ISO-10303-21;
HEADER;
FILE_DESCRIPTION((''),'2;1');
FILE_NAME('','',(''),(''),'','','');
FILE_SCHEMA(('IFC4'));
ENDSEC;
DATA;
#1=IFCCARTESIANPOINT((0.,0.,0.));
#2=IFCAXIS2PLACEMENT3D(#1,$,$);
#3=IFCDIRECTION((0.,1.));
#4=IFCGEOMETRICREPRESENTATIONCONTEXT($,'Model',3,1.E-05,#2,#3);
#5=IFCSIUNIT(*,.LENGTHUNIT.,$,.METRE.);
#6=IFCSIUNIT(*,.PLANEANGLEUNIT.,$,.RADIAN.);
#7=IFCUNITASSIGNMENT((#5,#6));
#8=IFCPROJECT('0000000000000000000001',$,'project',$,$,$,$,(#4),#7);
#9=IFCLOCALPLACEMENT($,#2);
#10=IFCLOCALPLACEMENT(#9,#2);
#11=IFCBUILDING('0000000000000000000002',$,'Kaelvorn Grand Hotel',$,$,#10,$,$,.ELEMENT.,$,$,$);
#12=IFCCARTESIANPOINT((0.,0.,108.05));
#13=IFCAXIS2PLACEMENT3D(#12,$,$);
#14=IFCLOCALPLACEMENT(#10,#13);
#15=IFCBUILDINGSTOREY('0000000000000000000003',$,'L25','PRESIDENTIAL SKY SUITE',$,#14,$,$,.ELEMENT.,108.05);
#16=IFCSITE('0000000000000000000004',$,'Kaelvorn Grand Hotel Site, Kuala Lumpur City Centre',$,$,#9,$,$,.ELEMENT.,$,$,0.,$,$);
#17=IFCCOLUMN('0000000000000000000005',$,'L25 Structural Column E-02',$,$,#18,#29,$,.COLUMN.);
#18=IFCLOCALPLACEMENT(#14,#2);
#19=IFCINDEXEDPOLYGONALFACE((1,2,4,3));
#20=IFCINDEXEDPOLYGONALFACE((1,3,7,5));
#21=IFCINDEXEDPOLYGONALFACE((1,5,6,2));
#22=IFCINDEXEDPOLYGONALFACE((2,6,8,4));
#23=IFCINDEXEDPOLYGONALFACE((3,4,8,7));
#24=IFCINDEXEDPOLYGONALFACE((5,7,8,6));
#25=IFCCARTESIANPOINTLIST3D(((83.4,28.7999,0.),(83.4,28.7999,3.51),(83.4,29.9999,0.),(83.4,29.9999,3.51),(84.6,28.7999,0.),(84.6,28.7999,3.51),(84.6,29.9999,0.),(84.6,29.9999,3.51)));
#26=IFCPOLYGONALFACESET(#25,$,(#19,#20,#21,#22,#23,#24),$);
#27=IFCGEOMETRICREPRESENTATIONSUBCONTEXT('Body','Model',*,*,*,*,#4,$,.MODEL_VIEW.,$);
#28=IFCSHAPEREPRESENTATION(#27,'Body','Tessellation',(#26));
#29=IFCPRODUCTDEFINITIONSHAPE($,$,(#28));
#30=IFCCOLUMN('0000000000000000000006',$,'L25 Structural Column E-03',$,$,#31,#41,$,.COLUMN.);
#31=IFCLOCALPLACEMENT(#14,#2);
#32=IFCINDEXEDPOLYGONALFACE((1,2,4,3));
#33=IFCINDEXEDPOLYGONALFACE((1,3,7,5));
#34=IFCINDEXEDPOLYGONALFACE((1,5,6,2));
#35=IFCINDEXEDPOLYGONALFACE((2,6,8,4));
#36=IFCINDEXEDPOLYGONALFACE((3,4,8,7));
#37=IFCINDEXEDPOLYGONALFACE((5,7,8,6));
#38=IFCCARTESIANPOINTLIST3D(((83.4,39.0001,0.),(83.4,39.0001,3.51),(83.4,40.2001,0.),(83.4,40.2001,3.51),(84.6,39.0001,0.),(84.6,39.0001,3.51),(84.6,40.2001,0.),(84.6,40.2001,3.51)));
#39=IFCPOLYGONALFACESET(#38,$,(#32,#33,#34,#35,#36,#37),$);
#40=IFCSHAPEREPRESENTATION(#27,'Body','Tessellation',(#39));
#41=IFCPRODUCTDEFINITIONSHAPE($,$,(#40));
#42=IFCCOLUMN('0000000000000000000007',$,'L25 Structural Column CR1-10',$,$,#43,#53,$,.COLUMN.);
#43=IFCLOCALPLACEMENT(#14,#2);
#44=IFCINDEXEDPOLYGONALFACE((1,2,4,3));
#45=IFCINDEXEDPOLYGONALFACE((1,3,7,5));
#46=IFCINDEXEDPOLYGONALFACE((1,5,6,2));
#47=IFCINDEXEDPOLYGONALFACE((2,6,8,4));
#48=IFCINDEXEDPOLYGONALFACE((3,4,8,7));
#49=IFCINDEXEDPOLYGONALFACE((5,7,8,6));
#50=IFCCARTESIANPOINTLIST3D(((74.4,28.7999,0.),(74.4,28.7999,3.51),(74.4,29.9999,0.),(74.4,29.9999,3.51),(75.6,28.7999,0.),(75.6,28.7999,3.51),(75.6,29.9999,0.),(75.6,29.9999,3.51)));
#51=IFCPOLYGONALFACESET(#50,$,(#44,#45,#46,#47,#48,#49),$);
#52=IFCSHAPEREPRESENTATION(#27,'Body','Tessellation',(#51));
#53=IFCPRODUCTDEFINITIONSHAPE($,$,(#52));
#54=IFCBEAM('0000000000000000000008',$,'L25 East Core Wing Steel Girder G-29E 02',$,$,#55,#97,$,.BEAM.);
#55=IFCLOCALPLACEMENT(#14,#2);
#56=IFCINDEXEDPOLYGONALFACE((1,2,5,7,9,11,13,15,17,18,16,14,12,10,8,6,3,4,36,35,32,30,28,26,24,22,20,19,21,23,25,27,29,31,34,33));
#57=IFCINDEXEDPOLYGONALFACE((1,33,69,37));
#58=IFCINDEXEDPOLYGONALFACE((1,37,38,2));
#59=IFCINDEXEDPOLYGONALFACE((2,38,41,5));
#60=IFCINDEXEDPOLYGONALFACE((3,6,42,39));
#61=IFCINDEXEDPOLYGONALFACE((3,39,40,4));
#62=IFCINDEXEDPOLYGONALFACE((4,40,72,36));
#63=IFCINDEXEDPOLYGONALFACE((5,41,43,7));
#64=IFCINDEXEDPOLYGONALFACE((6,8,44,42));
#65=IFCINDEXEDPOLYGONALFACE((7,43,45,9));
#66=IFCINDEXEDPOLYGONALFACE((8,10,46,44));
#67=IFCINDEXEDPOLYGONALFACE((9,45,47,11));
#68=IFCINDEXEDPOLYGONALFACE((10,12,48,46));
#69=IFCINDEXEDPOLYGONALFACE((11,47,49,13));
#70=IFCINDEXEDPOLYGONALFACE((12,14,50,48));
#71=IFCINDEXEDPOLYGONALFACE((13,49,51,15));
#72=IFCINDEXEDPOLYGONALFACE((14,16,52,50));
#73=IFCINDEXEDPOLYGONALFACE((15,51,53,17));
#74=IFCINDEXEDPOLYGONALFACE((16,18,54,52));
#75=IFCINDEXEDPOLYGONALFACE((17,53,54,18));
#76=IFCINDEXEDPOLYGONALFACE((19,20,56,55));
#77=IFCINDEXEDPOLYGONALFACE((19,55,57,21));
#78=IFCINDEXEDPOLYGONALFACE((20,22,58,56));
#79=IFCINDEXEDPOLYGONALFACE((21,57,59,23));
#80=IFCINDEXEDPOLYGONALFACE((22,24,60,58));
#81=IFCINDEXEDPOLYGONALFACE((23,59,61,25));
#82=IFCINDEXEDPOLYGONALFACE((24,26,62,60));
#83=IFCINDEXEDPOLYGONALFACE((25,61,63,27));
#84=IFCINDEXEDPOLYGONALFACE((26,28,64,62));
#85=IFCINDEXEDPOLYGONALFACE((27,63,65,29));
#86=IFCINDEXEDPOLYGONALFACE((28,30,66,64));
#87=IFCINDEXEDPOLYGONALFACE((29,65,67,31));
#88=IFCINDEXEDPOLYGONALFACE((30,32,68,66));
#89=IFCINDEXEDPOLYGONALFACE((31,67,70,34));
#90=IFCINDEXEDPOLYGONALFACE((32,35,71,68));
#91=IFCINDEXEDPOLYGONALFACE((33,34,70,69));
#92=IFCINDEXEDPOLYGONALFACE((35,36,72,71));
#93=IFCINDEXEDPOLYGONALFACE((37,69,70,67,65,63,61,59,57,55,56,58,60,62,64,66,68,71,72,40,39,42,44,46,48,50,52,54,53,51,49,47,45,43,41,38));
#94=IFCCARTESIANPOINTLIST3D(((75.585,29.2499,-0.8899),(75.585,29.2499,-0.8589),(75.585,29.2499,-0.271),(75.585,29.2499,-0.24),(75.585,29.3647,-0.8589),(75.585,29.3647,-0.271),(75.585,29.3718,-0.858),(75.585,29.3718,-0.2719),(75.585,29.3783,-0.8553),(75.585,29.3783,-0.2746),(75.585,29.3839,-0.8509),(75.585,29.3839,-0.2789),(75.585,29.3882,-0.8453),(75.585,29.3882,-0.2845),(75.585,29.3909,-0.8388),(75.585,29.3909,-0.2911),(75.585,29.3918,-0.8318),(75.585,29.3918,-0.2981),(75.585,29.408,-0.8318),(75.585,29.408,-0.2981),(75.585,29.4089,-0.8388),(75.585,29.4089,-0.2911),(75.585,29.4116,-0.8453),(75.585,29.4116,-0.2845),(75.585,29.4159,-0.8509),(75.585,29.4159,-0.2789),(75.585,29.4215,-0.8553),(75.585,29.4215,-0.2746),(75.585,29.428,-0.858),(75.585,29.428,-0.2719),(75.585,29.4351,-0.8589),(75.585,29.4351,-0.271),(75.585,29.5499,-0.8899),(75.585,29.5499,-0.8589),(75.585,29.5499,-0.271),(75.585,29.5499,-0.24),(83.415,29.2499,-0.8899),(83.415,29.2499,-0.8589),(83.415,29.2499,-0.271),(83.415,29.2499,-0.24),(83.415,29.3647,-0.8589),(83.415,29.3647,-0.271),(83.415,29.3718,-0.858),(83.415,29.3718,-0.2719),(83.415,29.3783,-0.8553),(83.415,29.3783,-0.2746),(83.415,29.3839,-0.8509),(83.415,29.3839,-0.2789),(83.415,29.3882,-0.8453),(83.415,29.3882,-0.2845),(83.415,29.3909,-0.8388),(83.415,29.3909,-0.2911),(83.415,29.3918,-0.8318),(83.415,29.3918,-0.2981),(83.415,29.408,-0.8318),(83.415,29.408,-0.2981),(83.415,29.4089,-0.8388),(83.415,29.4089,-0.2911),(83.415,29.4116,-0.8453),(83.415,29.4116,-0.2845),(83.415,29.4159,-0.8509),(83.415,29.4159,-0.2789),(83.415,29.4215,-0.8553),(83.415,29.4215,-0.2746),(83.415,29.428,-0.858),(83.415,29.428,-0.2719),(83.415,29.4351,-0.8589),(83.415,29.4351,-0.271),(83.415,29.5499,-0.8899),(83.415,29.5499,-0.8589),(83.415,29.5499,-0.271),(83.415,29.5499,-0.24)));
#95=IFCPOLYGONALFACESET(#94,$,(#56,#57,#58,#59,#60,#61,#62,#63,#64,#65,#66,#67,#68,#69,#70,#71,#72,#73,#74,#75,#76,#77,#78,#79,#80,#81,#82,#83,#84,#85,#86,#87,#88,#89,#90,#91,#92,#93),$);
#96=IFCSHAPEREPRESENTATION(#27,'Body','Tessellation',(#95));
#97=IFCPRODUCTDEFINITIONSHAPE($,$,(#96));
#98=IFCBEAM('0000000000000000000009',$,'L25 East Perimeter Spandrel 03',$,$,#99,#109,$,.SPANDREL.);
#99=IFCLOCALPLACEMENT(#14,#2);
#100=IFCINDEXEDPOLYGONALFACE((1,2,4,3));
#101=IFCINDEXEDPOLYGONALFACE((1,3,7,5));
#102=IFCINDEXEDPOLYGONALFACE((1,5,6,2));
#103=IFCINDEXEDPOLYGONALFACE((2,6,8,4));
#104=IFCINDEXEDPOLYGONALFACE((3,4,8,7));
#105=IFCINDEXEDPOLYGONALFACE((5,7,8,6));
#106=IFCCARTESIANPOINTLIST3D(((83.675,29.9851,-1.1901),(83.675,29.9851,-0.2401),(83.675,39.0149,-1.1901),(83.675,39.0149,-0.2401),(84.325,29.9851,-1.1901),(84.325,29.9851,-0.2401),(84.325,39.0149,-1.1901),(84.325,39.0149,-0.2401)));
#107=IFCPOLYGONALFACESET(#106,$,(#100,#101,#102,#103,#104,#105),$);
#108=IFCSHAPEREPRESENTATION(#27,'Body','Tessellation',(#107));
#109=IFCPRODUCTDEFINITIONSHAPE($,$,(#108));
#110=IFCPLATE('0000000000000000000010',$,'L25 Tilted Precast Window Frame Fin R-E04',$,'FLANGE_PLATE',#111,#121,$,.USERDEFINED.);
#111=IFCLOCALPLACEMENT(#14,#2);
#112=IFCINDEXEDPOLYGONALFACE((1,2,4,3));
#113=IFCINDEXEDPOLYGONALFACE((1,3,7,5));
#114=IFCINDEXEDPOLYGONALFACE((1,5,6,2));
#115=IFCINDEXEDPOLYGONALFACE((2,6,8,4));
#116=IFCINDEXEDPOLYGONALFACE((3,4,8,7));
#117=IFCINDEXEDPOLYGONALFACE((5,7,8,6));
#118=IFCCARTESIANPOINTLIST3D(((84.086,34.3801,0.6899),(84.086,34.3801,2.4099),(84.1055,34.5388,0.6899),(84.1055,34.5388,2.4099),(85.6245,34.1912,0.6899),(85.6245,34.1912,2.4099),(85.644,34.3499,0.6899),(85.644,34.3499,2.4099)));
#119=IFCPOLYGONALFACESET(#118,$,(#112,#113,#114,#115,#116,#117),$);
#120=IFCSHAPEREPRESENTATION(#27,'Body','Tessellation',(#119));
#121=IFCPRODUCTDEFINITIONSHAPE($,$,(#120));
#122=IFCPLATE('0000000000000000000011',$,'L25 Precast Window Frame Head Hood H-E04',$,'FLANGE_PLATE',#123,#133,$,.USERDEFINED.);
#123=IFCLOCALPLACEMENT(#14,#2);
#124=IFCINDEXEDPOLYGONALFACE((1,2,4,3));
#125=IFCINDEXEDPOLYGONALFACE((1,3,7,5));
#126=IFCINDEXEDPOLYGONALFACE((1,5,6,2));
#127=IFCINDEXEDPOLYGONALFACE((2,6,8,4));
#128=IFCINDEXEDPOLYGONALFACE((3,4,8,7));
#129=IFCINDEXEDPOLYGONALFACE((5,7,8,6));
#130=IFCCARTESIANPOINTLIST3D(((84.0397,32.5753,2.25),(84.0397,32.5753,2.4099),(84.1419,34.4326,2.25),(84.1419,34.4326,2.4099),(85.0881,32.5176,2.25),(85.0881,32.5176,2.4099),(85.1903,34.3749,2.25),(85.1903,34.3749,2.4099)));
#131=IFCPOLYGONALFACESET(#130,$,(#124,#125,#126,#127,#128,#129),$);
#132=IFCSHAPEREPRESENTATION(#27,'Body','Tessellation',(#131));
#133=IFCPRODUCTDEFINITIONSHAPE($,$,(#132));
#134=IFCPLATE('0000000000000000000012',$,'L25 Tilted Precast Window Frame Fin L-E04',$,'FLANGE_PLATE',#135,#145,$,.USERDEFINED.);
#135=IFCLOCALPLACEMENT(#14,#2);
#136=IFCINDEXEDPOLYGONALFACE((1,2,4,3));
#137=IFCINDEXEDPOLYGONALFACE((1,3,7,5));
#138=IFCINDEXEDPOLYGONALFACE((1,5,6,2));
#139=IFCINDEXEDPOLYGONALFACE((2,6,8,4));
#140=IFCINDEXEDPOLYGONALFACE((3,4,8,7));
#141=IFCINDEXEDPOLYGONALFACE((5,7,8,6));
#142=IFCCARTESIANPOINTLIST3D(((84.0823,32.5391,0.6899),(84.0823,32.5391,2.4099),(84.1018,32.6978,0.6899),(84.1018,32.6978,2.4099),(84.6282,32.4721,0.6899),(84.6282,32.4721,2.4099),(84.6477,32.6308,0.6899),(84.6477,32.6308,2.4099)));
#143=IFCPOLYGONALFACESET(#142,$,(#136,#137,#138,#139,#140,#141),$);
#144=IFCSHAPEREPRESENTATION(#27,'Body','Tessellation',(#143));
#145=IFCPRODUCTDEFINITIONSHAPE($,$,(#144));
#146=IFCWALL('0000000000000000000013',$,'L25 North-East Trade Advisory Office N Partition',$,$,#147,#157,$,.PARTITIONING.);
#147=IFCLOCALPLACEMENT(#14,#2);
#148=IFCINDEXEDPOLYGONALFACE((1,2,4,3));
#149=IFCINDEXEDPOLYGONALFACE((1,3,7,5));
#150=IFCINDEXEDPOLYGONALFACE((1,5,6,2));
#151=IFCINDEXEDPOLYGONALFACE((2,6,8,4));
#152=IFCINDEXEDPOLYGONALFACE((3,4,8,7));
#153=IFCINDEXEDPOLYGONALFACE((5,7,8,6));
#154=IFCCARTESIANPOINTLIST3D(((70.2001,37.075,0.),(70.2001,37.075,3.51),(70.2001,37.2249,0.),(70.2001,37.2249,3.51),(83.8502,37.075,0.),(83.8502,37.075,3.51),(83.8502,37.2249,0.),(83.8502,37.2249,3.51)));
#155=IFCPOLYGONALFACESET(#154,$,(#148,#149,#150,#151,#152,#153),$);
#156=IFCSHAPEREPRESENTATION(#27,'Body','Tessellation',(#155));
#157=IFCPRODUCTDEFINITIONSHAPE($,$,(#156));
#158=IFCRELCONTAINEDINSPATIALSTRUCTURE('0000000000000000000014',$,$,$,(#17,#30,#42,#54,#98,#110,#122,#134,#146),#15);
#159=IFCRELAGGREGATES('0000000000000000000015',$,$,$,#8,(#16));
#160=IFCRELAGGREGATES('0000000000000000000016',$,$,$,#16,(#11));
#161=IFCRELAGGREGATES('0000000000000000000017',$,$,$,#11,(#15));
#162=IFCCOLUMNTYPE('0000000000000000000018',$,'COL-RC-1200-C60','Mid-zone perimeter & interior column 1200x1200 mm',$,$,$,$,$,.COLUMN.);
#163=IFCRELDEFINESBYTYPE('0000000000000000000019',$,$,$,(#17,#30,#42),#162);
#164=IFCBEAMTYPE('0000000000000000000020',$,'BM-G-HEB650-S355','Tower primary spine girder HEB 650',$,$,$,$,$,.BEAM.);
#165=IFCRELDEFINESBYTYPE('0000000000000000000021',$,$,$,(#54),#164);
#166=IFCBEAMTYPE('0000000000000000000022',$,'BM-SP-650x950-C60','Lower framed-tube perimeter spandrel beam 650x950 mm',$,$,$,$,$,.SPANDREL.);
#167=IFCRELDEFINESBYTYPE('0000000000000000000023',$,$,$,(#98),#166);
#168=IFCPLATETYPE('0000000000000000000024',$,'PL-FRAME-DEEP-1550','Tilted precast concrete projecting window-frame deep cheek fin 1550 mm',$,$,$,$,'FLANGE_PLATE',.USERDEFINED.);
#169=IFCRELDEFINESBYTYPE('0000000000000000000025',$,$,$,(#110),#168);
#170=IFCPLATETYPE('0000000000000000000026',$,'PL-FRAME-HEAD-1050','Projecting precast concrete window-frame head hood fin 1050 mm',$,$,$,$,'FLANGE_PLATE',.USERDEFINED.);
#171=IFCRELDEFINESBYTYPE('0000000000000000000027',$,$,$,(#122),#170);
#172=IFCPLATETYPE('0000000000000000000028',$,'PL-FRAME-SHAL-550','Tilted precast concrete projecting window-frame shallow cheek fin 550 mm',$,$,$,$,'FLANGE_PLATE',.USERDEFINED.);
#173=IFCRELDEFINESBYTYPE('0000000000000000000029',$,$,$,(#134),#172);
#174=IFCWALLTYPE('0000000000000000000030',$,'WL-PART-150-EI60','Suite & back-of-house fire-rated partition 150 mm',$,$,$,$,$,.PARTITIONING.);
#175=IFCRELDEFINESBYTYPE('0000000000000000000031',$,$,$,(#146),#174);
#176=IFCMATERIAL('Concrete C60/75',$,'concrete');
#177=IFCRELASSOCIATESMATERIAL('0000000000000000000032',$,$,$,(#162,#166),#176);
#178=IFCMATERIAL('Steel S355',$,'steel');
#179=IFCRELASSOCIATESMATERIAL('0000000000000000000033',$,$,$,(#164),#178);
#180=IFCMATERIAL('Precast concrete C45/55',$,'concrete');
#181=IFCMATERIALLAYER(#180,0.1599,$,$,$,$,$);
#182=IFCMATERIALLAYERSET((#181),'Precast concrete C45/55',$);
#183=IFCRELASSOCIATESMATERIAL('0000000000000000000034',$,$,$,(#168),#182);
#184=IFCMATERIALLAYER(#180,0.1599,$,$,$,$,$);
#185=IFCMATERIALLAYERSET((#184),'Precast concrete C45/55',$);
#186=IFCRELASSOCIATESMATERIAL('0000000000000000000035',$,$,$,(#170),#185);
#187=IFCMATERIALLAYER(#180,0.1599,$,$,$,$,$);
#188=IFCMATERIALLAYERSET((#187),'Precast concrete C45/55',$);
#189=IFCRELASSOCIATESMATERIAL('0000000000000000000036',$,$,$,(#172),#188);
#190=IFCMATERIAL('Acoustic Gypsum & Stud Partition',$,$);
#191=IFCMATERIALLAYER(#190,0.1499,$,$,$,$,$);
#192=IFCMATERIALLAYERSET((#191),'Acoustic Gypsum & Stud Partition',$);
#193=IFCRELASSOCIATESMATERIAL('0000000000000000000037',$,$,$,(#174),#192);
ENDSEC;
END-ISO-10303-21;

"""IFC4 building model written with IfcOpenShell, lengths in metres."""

from ifc_helpers import new_model, si_unit, direction, frame, frame_2d, origin, origin_2d, place, context, subcontext, project, spatial, rectangle, i_section, extrude, material, layer, layer_set, material_profile, profile_set, type_object, element, save


model = new_model("IFC4")

# Units and contexts
model_context = context("Model", 3, precision=1e-05, world=origin(), true_north=direction((0.0, 1.0)))
body_context = subcontext(model_context, "Body", "Model", "MODEL_VIEW")
ifc_project = project(units=[si_unit("LENGTHUNIT", "METRE"), si_unit("PLANEANGLEUNIT", "RADIAN")], contexts=[model_context])

# Site, building, storey
site_placement = place(None, origin())
site = spatial("IfcSite", under=ifc_project, at=site_placement, Name="Kaelvorn Grand Hotel Site, Kuala Lumpur City Centre", CompositionType="ELEMENT", RefElevation=0.0)
building_placement = place(site_placement, origin())
building = spatial("IfcBuilding", under=site, at=building_placement, Name="Kaelvorn Grand Hotel", CompositionType="ELEMENT")
storey_placement = place(building_placement, frame((0.0, 0.0, 108.05)))
storey = spatial("IfcBuildingStorey", under=building, at=storey_placement, Name="L25", Description="PRESIDENTIAL SKY SUITE", CompositionType="ELEMENT", Elevation=108.05)

# Columns
ifc_material_1 = material(Name="Concrete C60/75", Category="concrete")
ifc_material_profile_1 = material_profile(ifc_material_1, rectangle(XDim=1.2, YDim=1.2, at=origin_2d()), Name="RC COL 1200x1200")
ifc_profile_set_1 = profile_set([ifc_material_profile_1], Name="Concrete C60/75")
column_type = type_object("IfcColumnType", Name="COL-RC-1200-C60", Description="Mid-zone perimeter & interior column 1200x1200 mm", PredefinedType="COLUMN", material=ifc_profile_set_1)
for number, where, z_axis, x_axis, name in (
    (1, (84.0, 29.3999, 0.0), (0.0, 0.0, 1.0), (1.0, 0.0, 0.0), "L25 Structural Column E-02"),
    (2, (84.0, 39.6001, 0.0), (0.0, 0.0, 1.0), (1.0, 0.0, 0.0), "L25 Structural Column E-03"),
    (3, (75.0, 29.3999, 0.0), (0.0, 0.0, 1.0), (1.0, 0.0, 0.0), "L25 Structural Column CR1-10"),
):
    element("IfcColumn", number, at=place(storey_placement, frame(where, z_axis=z_axis, x_axis=x_axis)), inside=storey, type_object=column_type, Name=name, PredefinedType="COLUMN", context=body_context, shape_type="SweptSolid", body=[
        extrude(rectangle(XDim=1.2, YDim=1.2, at=origin_2d()), origin(), (0.0, 0.0, 1.0), 3.51),
    ])

# Beams
ifc_material_2 = material(Name="Steel S355", Category="steel")
ifc_material_profile_2 = material_profile(ifc_material_2, i_section(OverallWidth=0.3, OverallDepth=0.6499, WebThickness=0.0161, FlangeThickness=0.031, FilletRadius=0.0271, at=origin_2d()), Name="HEB 650")
ifc_profile_set_2 = profile_set([ifc_material_profile_2], Name="Steel S355")
beam_type_1 = type_object("IfcBeamType", Name="BM-G-HEB650-S355", Description="Tower primary spine girder HEB 650", PredefinedType="BEAM", material=ifc_profile_set_2)
beam_1_placement = place(storey_placement, frame((75.585, 29.3999, -0.5649), z_axis=(1.0, 0.0, 0.0), x_axis=(0.0, 1.0, 0.0)))
element("IfcBeam", 4, at=beam_1_placement, inside=storey, type_object=beam_type_1, Name="L25 East Core Wing Steel Girder G-29E 02", PredefinedType="BEAM", context=body_context, shape_type="SweptSolid", body=[
    extrude(i_section(OverallWidth=0.3, OverallDepth=0.6499, WebThickness=0.0161, FlangeThickness=0.031, FilletRadius=0.0271, at=origin_2d()), origin(), (0.0, 0.0, 1.0), 7.8301),
])
ifc_material_profile_3 = material_profile(ifc_material_1, rectangle(XDim=0.6499, YDim=0.95, at=origin_2d()), Name="RC SPANDREL 650x950")
ifc_profile_set_3 = profile_set([ifc_material_profile_3], Name="Concrete C60/75")
beam_type_2 = type_object("IfcBeamType", Name="BM-SP-650x950-C60", Description="Lower framed-tube perimeter spandrel beam 650x950 mm", PredefinedType="SPANDREL", material=ifc_profile_set_3)
beam_2_placement = place(storey_placement, frame((84.0, 29.9851, -0.7151), z_axis=(0.0, 1.0, 0.0), x_axis=(-1.0, 0.0, 0.0)))
element("IfcBeam", 5, at=beam_2_placement, inside=storey, type_object=beam_type_2, Name="L25 East Perimeter Spandrel 03", PredefinedType="SPANDREL", context=body_context, shape_type="SweptSolid", body=[
    extrude(rectangle(XDim=0.6499, YDim=0.95, at=origin_2d()), origin(), (0.0, 0.0, 1.0), 9.0298),
])

# Plates
ifc_material_3 = material(Name="Precast concrete C45/55", Category="concrete")
ifc_layer_1 = layer(ifc_material_3, 0.1599)
ifc_layer_set_1 = layer_set([ifc_layer_1], Name="Precast concrete C45/55")
plate_type_1 = type_object("IfcPlateType", Name="PL-FRAME-DEEP-1550", Description="Tilted precast concrete projecting window-frame deep cheek fin 1550 mm", ElementType="FLANGE_PLATE", PredefinedType="USERDEFINED", material=ifc_layer_set_1)
plate_1_placement = place(storey_placement, frame((84.865, 34.365, 0.6899), z_axis=(0.0, 0.0, 1.0), x_axis=(0.121869, 0.992546, 0.0)))
element("IfcPlate", 6, at=plate_1_placement, inside=storey, type_object=plate_type_1, Name="L25 Tilted Precast Window Frame Fin R-E04", ObjectType="FLANGE_PLATE", PredefinedType="USERDEFINED", context=body_context, shape_type="SweptSolid", body=[
    extrude(rectangle(XDim=0.1599, YDim=1.55, at=origin_2d()), origin(), (0.0, 0.0, 1.0), 1.72),
])
ifc_layer_2 = layer(ifc_material_3, 0.1599)
ifc_layer_set_2 = layer_set([ifc_layer_2], Name="Precast concrete C45/55")
plate_type_2 = type_object("IfcPlateType", Name="PL-FRAME-HEAD-1050", Description="Projecting precast concrete window-frame head hood fin 1050 mm", ElementType="FLANGE_PLATE", PredefinedType="USERDEFINED", material=ifc_layer_set_2)
plate_2_placement = place(storey_placement, frame((84.615, 33.4751, 2.25), z_axis=(0.0, 0.0, 1.0), x_axis=(0.05495, 0.998489, 0.0)))
element("IfcPlate", 7, at=plate_2_placement, inside=storey, type_object=plate_type_2, Name="L25 Precast Window Frame Head Hood H-E04", ObjectType="FLANGE_PLATE", PredefinedType="USERDEFINED", context=body_context, shape_type="SweptSolid", body=[
    extrude(rectangle(XDim=1.8601, YDim=1.05, at=origin_2d()), origin(), (0.0, 0.0, 1.0), 0.1599),
])
ifc_layer_3 = layer(ifc_material_3, 0.1599)
ifc_layer_set_3 = layer_set([ifc_layer_3], Name="Precast concrete C45/55")
plate_type_3 = type_object("IfcPlateType", Name="PL-FRAME-SHAL-550", Description="Tilted precast concrete projecting window-frame shallow cheek fin 550 mm", ElementType="FLANGE_PLATE", PredefinedType="USERDEFINED", material=ifc_layer_set_3)
plate_3_placement = place(storey_placement, frame((84.365, 32.585, 0.6899), z_axis=(0.0, 0.0, 1.0), x_axis=(0.121869, 0.992546, 0.0)))
element("IfcPlate", 8, at=plate_3_placement, inside=storey, type_object=plate_type_3, Name="L25 Tilted Precast Window Frame Fin L-E04", ObjectType="FLANGE_PLATE", PredefinedType="USERDEFINED", context=body_context, shape_type="SweptSolid", body=[
    extrude(rectangle(XDim=0.1599, YDim=0.55, at=origin_2d()), origin(), (0.0, 0.0, 1.0), 1.72),
])

# Wall
ifc_material_4 = material(Name="Acoustic Gypsum & Stud Partition")
ifc_layer_4 = layer(ifc_material_4, 0.1499)
ifc_layer_set_4 = layer_set([ifc_layer_4], Name="Acoustic Gypsum & Stud Partition")
wall_type_1 = type_object("IfcWallType", Name="WL-PART-150-EI60", Description="Suite & back-of-house fire-rated partition 150 mm", PredefinedType="PARTITIONING", material=ifc_layer_set_4)
wall_1_placement = place(storey_placement, frame((70.2, 37.1499, 0.0), z_axis=(0.0, 0.0, 1.0), x_axis=(1.0, 0.0, 0.0)))
element("IfcWall", 9, at=wall_1_placement, inside=storey, type_object=wall_type_1, Name="L25 North-East Trade Advisory Office N Partition", PredefinedType="PARTITIONING", context=body_context, shape_type="SweptSolid", body=[
    extrude(rectangle(XDim=13.6501, YDim=0.1499, at=frame_2d((6.8252, 0.0))), origin(), (0.0, 0.0, 1.0), 3.51),
])

save(model, "model.ifc")
